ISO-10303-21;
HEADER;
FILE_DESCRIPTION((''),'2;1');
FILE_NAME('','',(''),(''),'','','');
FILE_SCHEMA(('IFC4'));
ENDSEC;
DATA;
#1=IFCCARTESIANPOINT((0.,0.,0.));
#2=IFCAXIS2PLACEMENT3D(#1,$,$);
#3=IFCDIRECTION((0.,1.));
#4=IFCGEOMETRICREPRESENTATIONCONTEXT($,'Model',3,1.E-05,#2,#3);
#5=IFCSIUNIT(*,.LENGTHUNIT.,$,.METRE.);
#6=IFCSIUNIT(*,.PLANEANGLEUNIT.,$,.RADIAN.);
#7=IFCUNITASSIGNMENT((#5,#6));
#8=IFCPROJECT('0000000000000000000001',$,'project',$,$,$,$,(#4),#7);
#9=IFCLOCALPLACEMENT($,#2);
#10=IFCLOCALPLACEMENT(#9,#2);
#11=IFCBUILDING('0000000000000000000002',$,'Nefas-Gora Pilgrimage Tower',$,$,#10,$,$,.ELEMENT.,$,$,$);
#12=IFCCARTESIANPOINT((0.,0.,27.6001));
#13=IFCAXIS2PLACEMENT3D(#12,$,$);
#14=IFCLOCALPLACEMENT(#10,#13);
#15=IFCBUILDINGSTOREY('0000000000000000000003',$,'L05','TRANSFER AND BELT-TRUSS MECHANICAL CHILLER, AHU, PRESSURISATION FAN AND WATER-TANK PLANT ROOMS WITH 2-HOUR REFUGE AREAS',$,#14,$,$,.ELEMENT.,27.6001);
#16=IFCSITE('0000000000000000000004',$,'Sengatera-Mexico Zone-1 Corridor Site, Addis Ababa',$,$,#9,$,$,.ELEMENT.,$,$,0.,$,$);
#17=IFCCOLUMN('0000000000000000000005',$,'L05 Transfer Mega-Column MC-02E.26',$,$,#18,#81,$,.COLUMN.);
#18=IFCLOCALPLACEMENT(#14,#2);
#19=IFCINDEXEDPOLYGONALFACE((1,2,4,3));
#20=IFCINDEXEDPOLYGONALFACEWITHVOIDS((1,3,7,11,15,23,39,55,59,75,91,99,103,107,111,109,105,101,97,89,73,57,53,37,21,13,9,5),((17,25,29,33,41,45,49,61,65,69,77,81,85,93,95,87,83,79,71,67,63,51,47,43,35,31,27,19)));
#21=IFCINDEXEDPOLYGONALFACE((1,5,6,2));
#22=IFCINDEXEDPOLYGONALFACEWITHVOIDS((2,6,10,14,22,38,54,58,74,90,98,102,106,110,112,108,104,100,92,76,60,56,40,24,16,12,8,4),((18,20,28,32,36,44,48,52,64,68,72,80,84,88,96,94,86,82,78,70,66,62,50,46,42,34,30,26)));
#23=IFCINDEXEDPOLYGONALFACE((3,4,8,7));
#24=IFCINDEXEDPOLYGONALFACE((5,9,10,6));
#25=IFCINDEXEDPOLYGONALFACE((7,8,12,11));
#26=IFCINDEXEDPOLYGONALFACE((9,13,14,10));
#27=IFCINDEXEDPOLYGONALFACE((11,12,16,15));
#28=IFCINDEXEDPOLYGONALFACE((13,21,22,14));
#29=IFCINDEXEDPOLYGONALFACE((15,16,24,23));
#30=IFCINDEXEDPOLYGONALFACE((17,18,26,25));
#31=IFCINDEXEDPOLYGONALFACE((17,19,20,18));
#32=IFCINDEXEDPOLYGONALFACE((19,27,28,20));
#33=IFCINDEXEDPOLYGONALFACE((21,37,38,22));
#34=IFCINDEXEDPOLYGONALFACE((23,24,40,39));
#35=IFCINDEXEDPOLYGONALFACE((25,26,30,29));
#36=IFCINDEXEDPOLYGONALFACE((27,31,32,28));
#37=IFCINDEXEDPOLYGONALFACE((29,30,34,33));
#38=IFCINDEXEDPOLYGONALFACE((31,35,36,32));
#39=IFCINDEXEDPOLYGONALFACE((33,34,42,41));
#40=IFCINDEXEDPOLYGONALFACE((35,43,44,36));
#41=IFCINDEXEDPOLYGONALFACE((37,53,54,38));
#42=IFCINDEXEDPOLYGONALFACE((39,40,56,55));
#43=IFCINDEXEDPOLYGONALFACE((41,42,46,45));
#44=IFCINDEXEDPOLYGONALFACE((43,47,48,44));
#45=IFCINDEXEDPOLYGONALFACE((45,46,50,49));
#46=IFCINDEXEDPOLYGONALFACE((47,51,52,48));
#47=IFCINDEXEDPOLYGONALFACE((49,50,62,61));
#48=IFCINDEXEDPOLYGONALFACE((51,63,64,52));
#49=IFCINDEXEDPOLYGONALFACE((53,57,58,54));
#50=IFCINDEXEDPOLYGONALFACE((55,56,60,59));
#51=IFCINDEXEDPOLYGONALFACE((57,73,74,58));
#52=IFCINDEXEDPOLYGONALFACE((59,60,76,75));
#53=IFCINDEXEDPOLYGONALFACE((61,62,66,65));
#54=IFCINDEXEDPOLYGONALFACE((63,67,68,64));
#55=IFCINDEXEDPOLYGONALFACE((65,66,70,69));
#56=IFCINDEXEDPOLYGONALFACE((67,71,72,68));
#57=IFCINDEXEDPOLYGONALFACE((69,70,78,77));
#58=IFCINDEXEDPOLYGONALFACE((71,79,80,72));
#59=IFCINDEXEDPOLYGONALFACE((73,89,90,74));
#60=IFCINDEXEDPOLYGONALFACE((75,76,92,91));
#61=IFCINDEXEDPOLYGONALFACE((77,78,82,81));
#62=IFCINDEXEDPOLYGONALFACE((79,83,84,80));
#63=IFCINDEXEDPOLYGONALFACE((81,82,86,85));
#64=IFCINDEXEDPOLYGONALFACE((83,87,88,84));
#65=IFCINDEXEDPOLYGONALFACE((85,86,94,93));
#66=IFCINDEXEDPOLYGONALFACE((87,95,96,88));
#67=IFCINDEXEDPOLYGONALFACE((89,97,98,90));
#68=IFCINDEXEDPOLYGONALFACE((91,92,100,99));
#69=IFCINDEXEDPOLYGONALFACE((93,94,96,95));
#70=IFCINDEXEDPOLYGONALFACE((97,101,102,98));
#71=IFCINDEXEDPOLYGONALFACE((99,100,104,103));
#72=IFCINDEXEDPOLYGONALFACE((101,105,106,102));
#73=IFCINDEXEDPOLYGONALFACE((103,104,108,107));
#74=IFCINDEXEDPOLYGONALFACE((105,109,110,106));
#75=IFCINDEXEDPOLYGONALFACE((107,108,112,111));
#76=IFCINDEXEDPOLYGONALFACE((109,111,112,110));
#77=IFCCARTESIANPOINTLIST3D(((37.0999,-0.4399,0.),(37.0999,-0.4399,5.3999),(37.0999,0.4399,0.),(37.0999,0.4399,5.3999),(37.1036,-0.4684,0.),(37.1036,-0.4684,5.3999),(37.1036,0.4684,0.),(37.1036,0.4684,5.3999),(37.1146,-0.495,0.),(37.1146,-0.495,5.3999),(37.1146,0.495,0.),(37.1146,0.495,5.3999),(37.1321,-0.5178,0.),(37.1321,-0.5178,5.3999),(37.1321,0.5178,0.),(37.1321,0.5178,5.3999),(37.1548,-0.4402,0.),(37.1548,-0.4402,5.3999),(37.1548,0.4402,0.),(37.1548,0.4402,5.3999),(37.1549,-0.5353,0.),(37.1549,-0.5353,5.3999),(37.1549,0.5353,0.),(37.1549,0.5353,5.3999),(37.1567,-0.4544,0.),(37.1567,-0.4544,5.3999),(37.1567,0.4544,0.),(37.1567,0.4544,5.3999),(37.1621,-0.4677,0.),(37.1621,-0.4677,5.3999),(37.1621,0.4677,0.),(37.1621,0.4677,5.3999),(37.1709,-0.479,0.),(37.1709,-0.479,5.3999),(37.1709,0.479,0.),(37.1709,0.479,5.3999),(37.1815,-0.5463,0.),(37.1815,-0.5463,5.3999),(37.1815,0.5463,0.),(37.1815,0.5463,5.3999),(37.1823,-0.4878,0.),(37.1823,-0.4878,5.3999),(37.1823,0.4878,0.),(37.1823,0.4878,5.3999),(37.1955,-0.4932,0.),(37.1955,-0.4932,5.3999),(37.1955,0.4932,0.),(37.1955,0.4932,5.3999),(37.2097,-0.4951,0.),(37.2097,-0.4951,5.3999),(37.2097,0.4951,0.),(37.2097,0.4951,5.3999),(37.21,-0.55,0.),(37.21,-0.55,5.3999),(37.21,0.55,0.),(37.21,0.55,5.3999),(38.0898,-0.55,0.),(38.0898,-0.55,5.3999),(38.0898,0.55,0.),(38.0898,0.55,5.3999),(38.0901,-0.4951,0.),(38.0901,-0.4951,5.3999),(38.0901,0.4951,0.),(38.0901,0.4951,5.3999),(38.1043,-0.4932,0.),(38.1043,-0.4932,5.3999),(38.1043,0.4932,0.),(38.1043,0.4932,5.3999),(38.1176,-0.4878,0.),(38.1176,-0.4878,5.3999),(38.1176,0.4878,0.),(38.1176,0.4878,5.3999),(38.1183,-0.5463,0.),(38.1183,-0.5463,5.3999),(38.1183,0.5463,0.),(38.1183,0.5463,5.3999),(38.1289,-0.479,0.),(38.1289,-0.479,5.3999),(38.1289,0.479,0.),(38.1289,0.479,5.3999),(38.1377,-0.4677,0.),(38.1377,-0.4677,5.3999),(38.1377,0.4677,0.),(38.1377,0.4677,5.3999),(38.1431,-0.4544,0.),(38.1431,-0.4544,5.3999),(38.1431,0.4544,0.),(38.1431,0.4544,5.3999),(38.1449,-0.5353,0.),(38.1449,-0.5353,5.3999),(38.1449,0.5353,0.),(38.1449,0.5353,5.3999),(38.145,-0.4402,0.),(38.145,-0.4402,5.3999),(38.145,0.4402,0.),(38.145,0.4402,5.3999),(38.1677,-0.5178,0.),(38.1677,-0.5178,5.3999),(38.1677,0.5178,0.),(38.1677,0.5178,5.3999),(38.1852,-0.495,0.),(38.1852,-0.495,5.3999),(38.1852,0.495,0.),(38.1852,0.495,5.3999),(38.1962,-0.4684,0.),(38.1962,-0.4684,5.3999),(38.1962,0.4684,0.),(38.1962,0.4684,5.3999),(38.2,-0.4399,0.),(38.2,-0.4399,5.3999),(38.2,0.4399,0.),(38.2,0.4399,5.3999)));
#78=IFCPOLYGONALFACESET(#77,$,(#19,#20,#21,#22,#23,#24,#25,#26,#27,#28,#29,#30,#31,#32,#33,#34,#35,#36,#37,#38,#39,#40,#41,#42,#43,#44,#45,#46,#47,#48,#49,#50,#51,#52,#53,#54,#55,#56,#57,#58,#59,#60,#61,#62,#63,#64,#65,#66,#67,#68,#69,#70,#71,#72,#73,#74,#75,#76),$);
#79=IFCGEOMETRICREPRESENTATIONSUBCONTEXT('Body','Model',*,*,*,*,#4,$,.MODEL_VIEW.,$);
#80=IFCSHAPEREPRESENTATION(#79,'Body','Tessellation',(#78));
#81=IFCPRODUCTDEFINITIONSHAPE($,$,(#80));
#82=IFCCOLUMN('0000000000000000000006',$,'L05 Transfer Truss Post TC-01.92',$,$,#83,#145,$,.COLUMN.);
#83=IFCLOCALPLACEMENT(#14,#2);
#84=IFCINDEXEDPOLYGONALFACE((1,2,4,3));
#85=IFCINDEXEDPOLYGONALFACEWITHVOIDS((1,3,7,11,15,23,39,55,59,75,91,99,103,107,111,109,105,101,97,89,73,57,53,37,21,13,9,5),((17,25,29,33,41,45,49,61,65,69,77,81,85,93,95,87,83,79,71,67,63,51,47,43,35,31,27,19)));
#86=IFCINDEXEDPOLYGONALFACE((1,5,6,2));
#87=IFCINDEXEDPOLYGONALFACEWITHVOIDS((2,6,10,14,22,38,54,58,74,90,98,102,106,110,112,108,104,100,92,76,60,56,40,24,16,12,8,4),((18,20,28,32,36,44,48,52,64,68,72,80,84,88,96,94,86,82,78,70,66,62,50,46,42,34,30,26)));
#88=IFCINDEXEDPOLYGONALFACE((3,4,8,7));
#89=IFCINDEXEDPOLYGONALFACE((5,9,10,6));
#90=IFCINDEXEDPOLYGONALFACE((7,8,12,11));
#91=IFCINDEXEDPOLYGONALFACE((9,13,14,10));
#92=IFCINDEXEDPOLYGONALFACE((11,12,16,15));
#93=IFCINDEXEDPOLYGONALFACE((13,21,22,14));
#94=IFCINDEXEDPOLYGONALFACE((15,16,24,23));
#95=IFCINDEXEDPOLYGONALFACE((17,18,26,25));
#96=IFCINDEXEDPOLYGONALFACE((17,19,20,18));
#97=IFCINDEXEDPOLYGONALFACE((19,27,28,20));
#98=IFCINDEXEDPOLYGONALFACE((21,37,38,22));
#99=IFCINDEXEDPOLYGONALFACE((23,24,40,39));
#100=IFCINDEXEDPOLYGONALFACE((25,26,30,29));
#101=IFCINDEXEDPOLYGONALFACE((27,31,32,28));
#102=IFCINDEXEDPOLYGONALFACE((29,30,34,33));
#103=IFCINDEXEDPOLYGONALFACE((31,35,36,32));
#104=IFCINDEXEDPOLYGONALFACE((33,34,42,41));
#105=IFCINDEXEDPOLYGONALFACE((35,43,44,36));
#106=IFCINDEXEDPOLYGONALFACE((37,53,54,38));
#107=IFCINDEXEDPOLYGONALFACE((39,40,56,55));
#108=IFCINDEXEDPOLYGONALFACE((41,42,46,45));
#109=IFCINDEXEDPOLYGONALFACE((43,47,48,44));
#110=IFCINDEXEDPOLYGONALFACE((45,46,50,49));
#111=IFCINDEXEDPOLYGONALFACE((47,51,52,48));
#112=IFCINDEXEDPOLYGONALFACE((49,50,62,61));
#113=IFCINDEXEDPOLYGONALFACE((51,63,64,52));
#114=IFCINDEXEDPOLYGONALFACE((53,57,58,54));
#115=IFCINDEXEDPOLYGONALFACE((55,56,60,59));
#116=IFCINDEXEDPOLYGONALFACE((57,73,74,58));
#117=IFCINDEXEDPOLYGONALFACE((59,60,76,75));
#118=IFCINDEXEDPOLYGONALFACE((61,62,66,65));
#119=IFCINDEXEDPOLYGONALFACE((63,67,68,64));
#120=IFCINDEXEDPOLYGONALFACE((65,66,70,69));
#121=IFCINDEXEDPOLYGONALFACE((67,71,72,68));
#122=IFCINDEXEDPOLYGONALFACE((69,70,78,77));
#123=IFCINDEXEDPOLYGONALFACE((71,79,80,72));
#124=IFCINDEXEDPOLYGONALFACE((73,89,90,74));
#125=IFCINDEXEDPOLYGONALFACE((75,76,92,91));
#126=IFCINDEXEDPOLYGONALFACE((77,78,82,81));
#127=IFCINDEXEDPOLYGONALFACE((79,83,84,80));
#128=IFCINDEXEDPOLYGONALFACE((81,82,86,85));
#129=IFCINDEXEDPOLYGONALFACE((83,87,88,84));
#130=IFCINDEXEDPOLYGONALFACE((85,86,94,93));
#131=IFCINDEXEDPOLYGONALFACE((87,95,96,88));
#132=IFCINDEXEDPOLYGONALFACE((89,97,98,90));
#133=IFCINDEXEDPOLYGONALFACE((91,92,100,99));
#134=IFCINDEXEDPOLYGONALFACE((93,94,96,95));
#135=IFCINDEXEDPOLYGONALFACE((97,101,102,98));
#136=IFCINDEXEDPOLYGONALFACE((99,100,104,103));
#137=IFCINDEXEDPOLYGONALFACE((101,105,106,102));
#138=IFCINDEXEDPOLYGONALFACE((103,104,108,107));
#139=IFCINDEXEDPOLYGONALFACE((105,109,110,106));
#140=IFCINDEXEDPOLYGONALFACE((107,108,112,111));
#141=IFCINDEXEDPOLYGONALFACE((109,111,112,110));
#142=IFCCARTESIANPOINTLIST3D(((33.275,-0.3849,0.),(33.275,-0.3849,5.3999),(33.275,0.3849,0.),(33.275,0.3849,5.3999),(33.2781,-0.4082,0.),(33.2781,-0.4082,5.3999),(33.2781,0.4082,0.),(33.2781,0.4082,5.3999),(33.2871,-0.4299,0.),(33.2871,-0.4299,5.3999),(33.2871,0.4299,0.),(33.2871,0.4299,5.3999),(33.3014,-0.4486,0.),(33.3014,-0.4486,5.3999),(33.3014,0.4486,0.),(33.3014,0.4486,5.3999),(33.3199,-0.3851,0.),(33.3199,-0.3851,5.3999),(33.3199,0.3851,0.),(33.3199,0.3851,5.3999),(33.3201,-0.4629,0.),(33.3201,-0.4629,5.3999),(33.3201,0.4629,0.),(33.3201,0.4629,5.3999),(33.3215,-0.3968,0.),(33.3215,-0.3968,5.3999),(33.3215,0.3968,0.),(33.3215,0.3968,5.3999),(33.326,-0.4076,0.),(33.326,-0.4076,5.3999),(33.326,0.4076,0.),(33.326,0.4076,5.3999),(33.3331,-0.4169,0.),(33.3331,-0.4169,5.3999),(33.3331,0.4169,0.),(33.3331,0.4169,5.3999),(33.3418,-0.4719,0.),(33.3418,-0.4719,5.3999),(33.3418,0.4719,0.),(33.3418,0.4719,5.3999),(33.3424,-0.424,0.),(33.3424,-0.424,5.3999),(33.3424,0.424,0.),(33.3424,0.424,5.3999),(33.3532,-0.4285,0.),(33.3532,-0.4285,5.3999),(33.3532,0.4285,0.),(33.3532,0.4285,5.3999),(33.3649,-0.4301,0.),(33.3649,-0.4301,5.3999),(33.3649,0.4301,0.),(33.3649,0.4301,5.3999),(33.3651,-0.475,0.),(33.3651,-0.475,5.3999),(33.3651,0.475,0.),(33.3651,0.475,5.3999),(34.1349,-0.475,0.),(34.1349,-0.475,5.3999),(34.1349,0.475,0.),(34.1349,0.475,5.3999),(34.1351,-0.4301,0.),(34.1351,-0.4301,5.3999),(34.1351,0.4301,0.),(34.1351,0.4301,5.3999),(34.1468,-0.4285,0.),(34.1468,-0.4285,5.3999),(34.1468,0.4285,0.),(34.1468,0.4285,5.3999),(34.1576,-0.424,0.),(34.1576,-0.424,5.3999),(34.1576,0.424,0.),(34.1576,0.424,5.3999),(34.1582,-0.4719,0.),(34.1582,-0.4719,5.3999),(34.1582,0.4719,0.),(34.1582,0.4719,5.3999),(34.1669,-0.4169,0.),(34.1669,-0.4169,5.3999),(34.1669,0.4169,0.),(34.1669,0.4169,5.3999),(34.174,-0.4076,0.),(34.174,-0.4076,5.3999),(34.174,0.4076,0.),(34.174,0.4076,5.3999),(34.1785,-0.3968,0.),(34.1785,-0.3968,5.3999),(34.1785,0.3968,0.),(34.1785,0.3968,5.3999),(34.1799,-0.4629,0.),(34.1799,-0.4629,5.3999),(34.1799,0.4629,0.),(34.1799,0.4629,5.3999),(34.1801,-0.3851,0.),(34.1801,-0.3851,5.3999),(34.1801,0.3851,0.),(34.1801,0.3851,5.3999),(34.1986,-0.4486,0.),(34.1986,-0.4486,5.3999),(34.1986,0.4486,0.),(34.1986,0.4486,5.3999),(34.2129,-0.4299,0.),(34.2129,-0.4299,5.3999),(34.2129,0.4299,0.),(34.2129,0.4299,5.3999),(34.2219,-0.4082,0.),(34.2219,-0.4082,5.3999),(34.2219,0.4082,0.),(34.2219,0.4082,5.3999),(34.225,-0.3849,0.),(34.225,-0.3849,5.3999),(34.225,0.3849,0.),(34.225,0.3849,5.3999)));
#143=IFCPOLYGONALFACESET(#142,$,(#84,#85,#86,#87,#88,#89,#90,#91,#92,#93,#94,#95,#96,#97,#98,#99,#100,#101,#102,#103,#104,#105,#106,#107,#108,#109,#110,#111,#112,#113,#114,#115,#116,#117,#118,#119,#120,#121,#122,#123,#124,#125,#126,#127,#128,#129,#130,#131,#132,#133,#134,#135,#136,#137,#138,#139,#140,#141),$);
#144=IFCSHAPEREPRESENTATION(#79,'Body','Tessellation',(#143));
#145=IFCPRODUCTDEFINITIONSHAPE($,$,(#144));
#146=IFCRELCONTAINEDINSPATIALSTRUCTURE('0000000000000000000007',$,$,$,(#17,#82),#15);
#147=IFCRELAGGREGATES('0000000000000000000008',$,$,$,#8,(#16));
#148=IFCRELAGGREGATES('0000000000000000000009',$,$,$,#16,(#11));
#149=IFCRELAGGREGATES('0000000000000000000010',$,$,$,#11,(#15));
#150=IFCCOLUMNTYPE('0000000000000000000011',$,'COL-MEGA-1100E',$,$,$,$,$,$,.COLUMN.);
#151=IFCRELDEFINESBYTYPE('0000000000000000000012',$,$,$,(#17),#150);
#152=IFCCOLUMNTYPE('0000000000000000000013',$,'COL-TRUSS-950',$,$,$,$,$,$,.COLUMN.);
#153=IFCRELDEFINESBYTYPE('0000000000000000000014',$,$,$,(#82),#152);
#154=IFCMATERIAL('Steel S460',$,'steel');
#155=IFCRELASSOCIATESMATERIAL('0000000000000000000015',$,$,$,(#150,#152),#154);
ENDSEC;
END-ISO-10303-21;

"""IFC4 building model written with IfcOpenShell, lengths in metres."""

from ifc_helpers import new_model, si_unit, direction, frame, origin, origin_2d, place, context, subcontext, project, spatial, hollow_rectangle, extrude, source, transform, mapped, material, material_profile, profile_set, type_object, element, save


model = new_model("IFC4")

# Units and contexts
model_context = context("Model", 3, precision=1e-05, world=origin(), true_north=direction((0.0, 1.0)))
body_context = subcontext(model_context, "Body", "Model", "MODEL_VIEW")
ifc_project = project(units=[si_unit("LENGTHUNIT", "METRE"), si_unit("PLANEANGLEUNIT", "RADIAN")], contexts=[model_context])

# Site, building, storey
site_placement = place(None, origin())
site = spatial("IfcSite", under=ifc_project, at=site_placement, Name="Sengatera-Mexico Zone-1 Corridor Site, Addis Ababa", CompositionType="ELEMENT", RefElevation=0.0)
building_placement = place(site_placement, origin())
building = spatial("IfcBuilding", under=site, at=building_placement, Name="Nefas-Gora Pilgrimage Tower", CompositionType="ELEMENT")
storey_placement = place(building_placement, frame((0.0, 0.0, 27.6001)))
storey = spatial("IfcBuildingStorey", under=building, at=storey_placement, Name="L05", Description="TRANSFER AND BELT-TRUSS MECHANICAL CHILLER, AHU, PRESSURISATION FAN AND WATER-TANK PLANT ROOMS WITH 2-HOUR REFUGE AREAS", CompositionType="ELEMENT", Elevation=27.6001)

# Columns
ifc_material_1 = material(Name="Steel S460", Category="steel")
ifc_material_profile_1 = material_profile(ifc_material_1, hollow_rectangle(XDim=1.1001, YDim=1.1001, WallThickness=0.0549, InnerFilletRadius=0.0549, OuterFilletRadius=0.1101, at=origin_2d()), Name="BOX 1100x1100x55")
ifc_profile_set_1 = profile_set([ifc_material_profile_1], Name="Steel S460")
column_type_1 = type_object("IfcColumnType", Name="COL-MEGA-1100E", PredefinedType="COLUMN", material=ifc_profile_set_1)
shared_shape_1 = source(origin(), body_context, "Body", "SweptSolid", [
    extrude(hollow_rectangle(XDim=1.1001, YDim=1.1001, WallThickness=0.0549, InnerFilletRadius=0.0549, OuterFilletRadius=0.1101, at=origin_2d()), origin(), (0.0, 0.0, 1.0), 5.3999),
])
column_placement = place(storey_placement, frame((37.6499, 0.0, 0.0), z_axis=(0.0, 0.0, 1.0), x_axis=(1.0, 0.0, 0.0)))
element("IfcColumn", 1, at=column_placement, inside=storey, type_object=column_type_1, Name="L05 Transfer Mega-Column MC-02E.26", PredefinedType="COLUMN", context=body_context, shape_type="MappedRepresentation", body=[
    mapped(shared_shape_1, transform((0.0, 0.0, 0.0), x_axis=(1.0, 0.0, 0.0), y_axis=(0.0, 1.0, 0.0), z_axis=(0.0, 0.0, 1.0), scale=1.0)),
])
ifc_material_profile_2 = material_profile(ifc_material_1, hollow_rectangle(XDim=0.95, YDim=0.95, WallThickness=0.0449, InnerFilletRadius=0.0449, OuterFilletRadius=0.0901, at=origin_2d()), Name="BOX 950x950x45")
ifc_profile_set_2 = profile_set([ifc_material_profile_2], Name="Steel S460")
column_type_2 = type_object("IfcColumnType", Name="COL-TRUSS-950", PredefinedType="COLUMN", material=ifc_profile_set_2)
shared_shape_2 = source(origin(), body_context, "Body", "SweptSolid", [
    extrude(hollow_rectangle(XDim=0.95, YDim=0.95, WallThickness=0.0449, InnerFilletRadius=0.0449, OuterFilletRadius=0.0901, at=origin_2d()), origin(), (0.0, 0.0, 1.0), 5.3999),
])
for number, where, z_axis, x_axis, name in (
    (2, (33.75, 0.0, 0.0), (0.0, 0.0, 1.0), (1.0, 0.0, 0.0), "L05 Transfer Truss Post TC-01.92"),
):
    element("IfcColumn", number, at=place(storey_placement, frame(where, z_axis=z_axis, x_axis=x_axis)), inside=storey, type_object=column_type_2, Name=name, PredefinedType="COLUMN", context=body_context, shape_type="MappedRepresentation", body=[
        mapped(shared_shape_2, transform((0.0, 0.0, 0.0), x_axis=(1.0, 0.0, 0.0), y_axis=(0.0, 1.0, 0.0), z_axis=(0.0, 0.0, 1.0), scale=1.0)),
    ])

save(model, "model.ifc")
